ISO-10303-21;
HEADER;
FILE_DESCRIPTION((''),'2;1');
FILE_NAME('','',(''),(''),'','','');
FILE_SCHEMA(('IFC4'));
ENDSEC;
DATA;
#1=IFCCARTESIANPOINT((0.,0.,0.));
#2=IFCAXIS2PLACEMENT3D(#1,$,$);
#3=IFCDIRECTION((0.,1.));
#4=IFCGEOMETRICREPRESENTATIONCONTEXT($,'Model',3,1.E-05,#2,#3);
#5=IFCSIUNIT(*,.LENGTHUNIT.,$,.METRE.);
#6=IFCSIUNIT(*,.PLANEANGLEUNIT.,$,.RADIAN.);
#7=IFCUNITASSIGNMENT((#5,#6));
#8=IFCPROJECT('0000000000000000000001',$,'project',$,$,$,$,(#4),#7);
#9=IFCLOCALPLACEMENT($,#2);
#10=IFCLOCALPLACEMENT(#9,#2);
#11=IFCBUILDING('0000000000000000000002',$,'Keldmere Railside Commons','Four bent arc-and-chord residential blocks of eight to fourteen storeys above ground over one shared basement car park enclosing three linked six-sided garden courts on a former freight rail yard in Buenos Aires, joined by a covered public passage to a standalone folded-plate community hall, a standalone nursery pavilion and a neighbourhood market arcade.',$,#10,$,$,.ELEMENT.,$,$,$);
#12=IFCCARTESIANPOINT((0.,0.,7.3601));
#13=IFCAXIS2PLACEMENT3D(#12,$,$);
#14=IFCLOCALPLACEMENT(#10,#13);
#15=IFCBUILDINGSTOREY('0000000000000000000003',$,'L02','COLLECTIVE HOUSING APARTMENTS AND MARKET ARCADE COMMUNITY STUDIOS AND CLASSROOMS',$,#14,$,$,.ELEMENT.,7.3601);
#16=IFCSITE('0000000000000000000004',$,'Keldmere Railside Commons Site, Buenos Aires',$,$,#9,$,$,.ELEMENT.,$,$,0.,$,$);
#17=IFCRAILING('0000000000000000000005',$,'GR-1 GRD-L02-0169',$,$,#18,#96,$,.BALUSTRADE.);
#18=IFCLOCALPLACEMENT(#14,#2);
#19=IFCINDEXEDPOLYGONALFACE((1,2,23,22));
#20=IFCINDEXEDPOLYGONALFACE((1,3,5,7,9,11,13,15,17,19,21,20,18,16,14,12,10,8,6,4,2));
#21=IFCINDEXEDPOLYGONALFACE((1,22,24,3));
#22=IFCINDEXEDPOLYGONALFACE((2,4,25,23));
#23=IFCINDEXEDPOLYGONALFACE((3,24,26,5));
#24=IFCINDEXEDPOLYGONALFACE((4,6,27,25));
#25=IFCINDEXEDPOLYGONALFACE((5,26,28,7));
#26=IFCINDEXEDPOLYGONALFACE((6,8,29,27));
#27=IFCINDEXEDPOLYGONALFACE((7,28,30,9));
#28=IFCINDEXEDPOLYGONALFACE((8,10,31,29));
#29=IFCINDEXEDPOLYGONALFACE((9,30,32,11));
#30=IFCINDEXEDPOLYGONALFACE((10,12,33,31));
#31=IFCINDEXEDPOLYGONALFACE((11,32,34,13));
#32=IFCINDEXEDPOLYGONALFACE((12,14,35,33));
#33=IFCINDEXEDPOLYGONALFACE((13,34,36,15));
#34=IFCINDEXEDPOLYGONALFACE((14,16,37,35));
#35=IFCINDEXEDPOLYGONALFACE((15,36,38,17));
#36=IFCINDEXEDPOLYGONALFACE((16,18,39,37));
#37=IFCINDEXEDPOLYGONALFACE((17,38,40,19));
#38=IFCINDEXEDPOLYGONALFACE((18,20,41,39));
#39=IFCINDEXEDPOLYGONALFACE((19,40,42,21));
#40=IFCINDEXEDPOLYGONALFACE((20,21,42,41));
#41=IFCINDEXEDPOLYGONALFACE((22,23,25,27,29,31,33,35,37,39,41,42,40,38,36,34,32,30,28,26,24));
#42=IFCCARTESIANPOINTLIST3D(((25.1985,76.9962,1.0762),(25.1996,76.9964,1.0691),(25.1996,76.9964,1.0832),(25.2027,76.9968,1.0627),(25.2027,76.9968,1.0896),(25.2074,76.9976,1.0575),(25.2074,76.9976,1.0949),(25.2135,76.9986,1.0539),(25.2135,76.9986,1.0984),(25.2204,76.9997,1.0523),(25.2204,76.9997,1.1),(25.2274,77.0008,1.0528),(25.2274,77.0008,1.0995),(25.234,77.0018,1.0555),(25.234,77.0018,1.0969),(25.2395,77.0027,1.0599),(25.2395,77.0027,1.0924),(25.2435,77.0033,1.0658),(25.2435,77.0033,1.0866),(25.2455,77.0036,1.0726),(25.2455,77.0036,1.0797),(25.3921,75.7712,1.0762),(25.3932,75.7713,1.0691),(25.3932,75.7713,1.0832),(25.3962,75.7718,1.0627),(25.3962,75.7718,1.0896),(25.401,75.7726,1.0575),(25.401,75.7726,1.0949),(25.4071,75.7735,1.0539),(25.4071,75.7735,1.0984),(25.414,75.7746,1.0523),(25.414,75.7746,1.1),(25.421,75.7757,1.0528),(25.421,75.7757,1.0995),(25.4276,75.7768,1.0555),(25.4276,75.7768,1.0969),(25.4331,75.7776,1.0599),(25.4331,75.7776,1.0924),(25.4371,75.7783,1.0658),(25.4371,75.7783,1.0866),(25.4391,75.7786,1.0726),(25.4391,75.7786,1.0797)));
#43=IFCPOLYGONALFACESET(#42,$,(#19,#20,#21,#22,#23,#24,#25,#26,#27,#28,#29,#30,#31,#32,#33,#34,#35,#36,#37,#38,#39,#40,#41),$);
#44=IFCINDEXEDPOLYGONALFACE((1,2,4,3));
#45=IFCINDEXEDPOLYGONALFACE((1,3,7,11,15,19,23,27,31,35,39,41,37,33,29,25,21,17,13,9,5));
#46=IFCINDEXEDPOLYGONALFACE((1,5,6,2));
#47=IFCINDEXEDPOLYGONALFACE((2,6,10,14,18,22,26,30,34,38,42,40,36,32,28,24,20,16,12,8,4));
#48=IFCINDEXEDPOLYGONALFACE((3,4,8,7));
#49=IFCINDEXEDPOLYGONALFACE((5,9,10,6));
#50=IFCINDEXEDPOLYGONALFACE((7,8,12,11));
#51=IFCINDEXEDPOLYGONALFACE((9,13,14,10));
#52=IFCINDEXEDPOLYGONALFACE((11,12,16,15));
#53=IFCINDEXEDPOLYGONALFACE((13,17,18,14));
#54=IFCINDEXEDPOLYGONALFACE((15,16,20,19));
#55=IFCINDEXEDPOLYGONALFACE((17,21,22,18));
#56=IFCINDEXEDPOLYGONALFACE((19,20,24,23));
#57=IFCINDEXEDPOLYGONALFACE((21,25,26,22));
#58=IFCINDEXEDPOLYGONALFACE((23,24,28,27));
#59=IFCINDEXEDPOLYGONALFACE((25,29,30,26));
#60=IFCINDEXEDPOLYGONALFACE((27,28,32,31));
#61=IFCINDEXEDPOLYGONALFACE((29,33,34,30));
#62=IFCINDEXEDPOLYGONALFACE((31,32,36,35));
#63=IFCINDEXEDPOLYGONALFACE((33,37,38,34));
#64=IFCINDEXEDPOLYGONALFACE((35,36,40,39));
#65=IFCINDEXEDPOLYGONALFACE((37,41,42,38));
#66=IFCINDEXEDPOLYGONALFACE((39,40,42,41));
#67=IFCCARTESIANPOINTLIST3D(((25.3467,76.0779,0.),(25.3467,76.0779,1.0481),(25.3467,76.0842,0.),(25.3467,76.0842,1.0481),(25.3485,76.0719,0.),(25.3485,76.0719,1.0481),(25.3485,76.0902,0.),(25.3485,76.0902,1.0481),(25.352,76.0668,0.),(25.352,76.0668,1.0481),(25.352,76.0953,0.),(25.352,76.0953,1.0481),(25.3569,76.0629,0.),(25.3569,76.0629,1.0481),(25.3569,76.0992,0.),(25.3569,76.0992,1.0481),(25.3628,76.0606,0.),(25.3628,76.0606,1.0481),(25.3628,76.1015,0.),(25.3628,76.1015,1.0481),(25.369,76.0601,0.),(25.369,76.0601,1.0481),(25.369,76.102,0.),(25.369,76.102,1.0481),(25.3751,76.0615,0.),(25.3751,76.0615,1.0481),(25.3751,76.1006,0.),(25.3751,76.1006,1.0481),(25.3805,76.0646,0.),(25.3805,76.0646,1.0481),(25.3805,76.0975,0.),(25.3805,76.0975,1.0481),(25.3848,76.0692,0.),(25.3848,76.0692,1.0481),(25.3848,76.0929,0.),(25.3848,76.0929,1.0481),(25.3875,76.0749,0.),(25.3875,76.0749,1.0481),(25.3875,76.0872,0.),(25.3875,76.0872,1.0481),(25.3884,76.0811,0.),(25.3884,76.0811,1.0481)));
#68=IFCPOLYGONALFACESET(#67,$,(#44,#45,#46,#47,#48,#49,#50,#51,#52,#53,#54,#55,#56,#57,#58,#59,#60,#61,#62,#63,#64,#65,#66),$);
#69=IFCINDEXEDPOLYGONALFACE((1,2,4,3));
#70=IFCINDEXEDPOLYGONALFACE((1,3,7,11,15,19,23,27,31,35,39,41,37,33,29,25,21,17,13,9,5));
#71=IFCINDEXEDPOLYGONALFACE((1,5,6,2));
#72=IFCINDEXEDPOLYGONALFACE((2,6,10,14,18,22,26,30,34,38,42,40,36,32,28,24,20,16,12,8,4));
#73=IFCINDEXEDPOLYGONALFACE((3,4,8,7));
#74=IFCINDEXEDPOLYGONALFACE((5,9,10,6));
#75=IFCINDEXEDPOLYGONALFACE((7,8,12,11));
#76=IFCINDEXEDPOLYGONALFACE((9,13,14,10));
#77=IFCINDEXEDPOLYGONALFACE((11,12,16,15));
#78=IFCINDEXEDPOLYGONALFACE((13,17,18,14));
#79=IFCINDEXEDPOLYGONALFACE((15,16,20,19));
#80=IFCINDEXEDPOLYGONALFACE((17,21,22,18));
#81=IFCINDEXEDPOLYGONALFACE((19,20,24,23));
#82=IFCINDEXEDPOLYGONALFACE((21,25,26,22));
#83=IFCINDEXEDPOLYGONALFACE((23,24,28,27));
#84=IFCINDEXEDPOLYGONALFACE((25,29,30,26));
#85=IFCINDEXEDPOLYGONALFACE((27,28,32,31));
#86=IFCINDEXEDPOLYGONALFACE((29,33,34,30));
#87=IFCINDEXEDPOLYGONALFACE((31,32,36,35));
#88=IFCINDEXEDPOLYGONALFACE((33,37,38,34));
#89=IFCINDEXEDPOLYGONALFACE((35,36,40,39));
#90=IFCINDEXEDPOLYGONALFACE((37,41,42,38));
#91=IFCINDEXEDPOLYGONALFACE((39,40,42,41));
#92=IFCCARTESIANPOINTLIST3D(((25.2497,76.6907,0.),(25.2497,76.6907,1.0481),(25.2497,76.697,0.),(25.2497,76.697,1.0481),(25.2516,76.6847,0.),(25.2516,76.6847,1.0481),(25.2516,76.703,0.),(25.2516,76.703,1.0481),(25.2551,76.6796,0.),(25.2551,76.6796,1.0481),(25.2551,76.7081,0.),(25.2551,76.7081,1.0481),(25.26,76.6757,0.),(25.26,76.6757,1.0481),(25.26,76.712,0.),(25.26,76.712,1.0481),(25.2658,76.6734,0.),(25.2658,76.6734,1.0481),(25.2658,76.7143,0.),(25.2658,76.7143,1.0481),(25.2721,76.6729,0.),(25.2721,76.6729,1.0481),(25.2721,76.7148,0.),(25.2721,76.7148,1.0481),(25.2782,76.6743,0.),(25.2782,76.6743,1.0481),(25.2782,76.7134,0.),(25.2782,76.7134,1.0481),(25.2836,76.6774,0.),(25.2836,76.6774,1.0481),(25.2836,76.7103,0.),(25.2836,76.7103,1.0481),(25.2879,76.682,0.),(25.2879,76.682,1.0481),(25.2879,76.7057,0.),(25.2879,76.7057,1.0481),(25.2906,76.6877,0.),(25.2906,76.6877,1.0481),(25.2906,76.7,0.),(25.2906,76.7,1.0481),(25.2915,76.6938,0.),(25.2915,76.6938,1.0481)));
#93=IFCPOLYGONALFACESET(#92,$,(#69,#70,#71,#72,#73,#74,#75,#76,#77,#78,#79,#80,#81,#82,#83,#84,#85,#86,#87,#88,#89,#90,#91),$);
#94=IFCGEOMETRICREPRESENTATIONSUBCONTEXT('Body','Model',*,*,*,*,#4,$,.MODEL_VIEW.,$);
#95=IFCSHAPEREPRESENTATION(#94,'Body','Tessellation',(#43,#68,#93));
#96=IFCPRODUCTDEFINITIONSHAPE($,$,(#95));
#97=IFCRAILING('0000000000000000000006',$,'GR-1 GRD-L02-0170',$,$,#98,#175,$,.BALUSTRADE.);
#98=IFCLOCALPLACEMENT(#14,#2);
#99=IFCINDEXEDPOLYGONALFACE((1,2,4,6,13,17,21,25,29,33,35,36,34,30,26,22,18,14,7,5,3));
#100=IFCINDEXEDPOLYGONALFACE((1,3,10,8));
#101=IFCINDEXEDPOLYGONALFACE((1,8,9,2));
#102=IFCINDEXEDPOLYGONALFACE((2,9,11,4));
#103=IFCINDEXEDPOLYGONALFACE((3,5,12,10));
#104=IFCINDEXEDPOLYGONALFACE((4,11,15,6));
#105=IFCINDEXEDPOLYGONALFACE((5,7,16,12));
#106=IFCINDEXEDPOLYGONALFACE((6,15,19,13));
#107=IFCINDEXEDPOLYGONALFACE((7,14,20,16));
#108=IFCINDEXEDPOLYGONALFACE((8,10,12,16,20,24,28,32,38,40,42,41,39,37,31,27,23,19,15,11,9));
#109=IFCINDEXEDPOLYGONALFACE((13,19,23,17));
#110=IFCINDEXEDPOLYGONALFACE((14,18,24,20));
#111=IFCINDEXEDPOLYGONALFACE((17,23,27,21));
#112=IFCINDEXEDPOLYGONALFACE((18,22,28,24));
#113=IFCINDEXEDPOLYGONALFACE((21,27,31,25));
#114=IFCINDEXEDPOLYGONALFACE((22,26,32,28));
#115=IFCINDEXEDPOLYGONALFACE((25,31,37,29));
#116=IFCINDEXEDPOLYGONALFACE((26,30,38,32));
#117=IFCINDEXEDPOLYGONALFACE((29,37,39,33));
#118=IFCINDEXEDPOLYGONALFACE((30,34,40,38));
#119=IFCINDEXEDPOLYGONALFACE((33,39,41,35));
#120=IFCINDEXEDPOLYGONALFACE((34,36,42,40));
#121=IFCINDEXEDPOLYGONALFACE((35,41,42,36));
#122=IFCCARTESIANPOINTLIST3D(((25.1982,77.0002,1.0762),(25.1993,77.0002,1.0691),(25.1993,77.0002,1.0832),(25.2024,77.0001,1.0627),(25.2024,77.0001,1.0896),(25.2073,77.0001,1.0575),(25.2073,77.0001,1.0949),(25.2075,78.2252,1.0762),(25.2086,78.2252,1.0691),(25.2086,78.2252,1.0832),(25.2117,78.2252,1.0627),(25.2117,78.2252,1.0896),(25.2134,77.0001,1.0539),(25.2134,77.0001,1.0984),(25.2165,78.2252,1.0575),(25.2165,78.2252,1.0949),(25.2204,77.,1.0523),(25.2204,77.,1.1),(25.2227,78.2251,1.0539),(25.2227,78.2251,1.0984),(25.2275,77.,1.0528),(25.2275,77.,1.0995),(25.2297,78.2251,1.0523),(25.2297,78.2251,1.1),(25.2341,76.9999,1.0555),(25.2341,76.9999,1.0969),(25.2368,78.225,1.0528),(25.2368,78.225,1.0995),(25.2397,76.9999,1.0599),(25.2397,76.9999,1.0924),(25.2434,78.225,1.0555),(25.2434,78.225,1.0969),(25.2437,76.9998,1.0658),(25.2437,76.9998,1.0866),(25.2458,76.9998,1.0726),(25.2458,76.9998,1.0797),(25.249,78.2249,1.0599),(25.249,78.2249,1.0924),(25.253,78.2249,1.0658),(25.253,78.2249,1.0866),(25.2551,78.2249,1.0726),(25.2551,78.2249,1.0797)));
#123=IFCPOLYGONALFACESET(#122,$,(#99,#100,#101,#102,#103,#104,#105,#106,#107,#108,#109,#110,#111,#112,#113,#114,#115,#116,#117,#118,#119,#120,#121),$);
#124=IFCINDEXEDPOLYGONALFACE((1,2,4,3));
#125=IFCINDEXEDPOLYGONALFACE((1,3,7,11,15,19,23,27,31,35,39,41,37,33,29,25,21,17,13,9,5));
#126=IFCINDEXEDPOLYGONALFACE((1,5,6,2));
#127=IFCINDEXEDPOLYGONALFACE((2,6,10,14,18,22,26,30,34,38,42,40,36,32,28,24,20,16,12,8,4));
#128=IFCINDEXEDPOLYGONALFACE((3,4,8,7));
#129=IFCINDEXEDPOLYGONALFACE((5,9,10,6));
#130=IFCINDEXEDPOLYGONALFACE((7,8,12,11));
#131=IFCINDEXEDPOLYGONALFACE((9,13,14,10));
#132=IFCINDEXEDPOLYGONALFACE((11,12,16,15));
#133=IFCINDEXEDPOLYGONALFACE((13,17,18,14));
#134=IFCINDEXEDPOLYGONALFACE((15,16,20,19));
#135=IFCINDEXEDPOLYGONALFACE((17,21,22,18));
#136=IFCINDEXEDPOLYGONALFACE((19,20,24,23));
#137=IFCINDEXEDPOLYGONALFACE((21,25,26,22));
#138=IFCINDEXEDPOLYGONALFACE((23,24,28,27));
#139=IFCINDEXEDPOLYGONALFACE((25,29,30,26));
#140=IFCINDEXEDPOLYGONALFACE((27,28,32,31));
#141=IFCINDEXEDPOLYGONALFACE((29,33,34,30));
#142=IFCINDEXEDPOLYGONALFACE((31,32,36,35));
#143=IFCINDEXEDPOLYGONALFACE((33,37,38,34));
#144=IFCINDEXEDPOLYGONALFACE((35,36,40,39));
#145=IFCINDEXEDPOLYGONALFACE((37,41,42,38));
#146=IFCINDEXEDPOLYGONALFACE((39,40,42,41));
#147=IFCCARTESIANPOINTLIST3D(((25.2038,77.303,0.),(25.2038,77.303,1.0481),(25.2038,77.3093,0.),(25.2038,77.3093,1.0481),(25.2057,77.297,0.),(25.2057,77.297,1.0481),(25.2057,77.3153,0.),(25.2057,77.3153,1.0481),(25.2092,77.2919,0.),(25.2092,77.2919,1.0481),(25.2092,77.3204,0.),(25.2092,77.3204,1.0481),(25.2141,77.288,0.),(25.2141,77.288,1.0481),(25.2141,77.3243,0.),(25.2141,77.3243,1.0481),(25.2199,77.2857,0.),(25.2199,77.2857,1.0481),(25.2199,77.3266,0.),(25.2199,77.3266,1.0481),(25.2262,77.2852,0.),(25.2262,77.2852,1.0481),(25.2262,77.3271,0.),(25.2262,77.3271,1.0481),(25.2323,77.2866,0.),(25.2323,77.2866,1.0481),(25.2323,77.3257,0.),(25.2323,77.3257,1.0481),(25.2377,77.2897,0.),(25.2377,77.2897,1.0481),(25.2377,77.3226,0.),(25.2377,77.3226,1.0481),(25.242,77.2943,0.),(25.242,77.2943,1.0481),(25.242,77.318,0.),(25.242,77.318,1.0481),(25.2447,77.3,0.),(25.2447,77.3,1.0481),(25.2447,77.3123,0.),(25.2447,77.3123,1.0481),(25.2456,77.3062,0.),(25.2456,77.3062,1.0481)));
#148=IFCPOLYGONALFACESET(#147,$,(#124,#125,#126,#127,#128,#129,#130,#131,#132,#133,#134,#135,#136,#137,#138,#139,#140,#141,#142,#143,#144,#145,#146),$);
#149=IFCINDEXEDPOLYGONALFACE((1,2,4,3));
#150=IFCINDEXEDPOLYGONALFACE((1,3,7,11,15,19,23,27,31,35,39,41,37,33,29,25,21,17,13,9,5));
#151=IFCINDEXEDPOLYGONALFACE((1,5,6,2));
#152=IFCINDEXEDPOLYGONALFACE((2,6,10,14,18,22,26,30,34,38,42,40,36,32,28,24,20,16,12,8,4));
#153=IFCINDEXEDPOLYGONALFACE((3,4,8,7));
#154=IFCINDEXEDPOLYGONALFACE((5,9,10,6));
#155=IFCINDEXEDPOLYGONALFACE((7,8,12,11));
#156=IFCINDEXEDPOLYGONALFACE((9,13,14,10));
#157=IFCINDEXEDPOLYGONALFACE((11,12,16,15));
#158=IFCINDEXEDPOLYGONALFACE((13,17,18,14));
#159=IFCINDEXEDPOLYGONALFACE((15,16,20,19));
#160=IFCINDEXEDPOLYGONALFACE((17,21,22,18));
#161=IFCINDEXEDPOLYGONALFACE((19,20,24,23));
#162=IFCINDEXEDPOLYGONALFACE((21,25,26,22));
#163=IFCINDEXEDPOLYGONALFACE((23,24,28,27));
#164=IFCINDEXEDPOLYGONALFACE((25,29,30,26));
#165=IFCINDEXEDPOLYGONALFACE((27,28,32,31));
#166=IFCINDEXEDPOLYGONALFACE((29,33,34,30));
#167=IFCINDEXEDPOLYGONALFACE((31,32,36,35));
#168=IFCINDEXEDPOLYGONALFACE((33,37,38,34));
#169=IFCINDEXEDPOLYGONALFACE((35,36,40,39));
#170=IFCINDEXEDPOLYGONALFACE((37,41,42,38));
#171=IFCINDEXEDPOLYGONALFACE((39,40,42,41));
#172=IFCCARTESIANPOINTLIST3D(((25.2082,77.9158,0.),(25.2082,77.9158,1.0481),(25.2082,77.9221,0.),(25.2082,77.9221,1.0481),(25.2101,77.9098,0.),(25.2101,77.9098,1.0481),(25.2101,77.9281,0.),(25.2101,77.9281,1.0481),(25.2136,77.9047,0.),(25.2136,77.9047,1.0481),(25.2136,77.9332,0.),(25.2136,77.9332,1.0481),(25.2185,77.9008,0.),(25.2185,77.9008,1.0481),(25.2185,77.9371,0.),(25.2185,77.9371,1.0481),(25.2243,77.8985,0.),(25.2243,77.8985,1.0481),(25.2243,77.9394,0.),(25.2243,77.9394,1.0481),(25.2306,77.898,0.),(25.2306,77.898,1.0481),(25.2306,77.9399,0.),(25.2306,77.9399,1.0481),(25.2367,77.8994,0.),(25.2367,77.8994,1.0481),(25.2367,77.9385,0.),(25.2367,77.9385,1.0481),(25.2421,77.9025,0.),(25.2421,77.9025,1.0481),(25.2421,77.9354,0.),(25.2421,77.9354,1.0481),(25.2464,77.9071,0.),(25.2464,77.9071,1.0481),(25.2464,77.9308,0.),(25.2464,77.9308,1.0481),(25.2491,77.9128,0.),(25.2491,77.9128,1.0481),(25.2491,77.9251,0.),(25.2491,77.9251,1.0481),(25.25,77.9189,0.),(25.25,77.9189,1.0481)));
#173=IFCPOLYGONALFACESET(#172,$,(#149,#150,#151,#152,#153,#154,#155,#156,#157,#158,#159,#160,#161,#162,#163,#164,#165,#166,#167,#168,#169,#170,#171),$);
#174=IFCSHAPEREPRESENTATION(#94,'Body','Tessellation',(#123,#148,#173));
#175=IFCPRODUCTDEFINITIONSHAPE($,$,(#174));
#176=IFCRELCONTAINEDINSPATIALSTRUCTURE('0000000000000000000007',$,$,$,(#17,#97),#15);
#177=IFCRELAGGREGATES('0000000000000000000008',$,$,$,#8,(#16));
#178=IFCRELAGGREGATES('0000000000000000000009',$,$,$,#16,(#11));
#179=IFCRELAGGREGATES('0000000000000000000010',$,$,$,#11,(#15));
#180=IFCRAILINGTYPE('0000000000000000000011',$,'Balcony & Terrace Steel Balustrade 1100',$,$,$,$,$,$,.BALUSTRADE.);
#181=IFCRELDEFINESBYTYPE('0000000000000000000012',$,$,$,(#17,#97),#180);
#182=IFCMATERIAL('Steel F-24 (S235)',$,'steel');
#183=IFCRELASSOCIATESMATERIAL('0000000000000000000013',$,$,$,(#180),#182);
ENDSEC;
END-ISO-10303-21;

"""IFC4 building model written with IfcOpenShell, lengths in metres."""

from ifc_helpers import new_model, si_unit, direction, frame, origin, origin_2d, place, context, subcontext, project, spatial, circle, extrude, material, type_object, element, save


model = new_model("IFC4")

# Units and contexts
model_context = context("Model", 3, precision=1e-05, world=origin(), true_north=direction((0.0, 1.0)))
body_context = subcontext(model_context, "Body", "Model", "MODEL_VIEW")
ifc_project = project(units=[si_unit("LENGTHUNIT", "METRE"), si_unit("PLANEANGLEUNIT", "RADIAN")], contexts=[model_context])

# Site, building, storey
site_placement = place(None, origin())
site = spatial("IfcSite", under=ifc_project, at=site_placement, Name="Keldmere Railside Commons Site, Buenos Aires", CompositionType="ELEMENT", RefElevation=0.0)
building_placement = place(site_placement, origin())
building = spatial("IfcBuilding", under=site, at=building_placement, Name="Keldmere Railside Commons", Description="Four bent arc-and-chord residential blocks of eight to fourteen storeys above ground over one shared basement car park enclosing three linked six-sided garden courts on a former freight rail yard in Buenos Aires, joined by a covered public passage to a standalone folded-plate community hall, a standalone nursery pavilion and a neighbourhood market arcade.", CompositionType="ELEMENT")
storey_placement = place(building_placement, frame((0.0, 0.0, 7.3601)))
storey = spatial("IfcBuildingStorey", under=building, at=storey_placement, Name="L02", Description="COLLECTIVE HOUSING APARTMENTS AND MARKET ARCADE COMMUNITY STUDIOS AND CLASSROOMS", CompositionType="ELEMENT", Elevation=7.3601)

# Railings
ifc_material_1 = material(Name="Steel F-24 (S235)", Category="steel")
railing_type = type_object("IfcRailingType", Name="Balcony & Terrace Steel Balustrade 1100", PredefinedType="BALUSTRADE", material=ifc_material_1)
railing_1_placement = place(storey_placement, frame((25.4158, 75.7749, 0.0)))
element("IfcRailing", 1, at=railing_1_placement, inside=storey, type_object=railing_type, Name="GR-1 GRD-L02-0169", PredefinedType="BALUSTRADE", context=body_context, shape_type="SweptSolid", body=[
    extrude(circle(Radius=0.0239, at=origin_2d()), frame((0.0, 0.0, 1.0762), z_axis=(-0.156094, 0.987742, 0.0), x_axis=(-0.987742, -0.156094, 0.0)), (0.0, 0.0, 1.0), 1.2402),
    extrude(circle(Radius=0.021, at=origin_2d()), frame((-0.0483, 0.3062, 0.0)), (0.0, 0.0, 1.0), 1.0481),
    extrude(circle(Radius=0.021, at=origin_2d()), frame((-0.1453, 0.9189, 0.0)), (0.0, 0.0, 1.0), 1.0481),
])
railing_2_placement = place(storey_placement, frame((25.2222, 77.0, 0.0)))
element("IfcRailing", 2, at=railing_2_placement, inside=storey, type_object=railing_type, Name="GR-1 GRD-L02-0170", PredefinedType="BALUSTRADE", context=body_context, shape_type="SweptSolid", body=[
    extrude(circle(Radius=0.0239, at=origin_2d()), frame((0.0, 0.0, 1.0762), z_axis=(0.007573, 0.999971, 0.0), x_axis=(-0.999971, 0.007573, 0.0)), (0.0, 0.0, 1.0), 1.2251),
    extrude(circle(Radius=0.021, at=origin_2d()), frame((0.0024, 0.3062, 0.0)), (0.0, 0.0, 1.0), 1.0481),
    extrude(circle(Radius=0.021, at=origin_2d()), frame((0.0068, 0.9189, 0.0)), (0.0, 0.0, 1.0), 1.0481),
])

save(model, "model.ifc")
